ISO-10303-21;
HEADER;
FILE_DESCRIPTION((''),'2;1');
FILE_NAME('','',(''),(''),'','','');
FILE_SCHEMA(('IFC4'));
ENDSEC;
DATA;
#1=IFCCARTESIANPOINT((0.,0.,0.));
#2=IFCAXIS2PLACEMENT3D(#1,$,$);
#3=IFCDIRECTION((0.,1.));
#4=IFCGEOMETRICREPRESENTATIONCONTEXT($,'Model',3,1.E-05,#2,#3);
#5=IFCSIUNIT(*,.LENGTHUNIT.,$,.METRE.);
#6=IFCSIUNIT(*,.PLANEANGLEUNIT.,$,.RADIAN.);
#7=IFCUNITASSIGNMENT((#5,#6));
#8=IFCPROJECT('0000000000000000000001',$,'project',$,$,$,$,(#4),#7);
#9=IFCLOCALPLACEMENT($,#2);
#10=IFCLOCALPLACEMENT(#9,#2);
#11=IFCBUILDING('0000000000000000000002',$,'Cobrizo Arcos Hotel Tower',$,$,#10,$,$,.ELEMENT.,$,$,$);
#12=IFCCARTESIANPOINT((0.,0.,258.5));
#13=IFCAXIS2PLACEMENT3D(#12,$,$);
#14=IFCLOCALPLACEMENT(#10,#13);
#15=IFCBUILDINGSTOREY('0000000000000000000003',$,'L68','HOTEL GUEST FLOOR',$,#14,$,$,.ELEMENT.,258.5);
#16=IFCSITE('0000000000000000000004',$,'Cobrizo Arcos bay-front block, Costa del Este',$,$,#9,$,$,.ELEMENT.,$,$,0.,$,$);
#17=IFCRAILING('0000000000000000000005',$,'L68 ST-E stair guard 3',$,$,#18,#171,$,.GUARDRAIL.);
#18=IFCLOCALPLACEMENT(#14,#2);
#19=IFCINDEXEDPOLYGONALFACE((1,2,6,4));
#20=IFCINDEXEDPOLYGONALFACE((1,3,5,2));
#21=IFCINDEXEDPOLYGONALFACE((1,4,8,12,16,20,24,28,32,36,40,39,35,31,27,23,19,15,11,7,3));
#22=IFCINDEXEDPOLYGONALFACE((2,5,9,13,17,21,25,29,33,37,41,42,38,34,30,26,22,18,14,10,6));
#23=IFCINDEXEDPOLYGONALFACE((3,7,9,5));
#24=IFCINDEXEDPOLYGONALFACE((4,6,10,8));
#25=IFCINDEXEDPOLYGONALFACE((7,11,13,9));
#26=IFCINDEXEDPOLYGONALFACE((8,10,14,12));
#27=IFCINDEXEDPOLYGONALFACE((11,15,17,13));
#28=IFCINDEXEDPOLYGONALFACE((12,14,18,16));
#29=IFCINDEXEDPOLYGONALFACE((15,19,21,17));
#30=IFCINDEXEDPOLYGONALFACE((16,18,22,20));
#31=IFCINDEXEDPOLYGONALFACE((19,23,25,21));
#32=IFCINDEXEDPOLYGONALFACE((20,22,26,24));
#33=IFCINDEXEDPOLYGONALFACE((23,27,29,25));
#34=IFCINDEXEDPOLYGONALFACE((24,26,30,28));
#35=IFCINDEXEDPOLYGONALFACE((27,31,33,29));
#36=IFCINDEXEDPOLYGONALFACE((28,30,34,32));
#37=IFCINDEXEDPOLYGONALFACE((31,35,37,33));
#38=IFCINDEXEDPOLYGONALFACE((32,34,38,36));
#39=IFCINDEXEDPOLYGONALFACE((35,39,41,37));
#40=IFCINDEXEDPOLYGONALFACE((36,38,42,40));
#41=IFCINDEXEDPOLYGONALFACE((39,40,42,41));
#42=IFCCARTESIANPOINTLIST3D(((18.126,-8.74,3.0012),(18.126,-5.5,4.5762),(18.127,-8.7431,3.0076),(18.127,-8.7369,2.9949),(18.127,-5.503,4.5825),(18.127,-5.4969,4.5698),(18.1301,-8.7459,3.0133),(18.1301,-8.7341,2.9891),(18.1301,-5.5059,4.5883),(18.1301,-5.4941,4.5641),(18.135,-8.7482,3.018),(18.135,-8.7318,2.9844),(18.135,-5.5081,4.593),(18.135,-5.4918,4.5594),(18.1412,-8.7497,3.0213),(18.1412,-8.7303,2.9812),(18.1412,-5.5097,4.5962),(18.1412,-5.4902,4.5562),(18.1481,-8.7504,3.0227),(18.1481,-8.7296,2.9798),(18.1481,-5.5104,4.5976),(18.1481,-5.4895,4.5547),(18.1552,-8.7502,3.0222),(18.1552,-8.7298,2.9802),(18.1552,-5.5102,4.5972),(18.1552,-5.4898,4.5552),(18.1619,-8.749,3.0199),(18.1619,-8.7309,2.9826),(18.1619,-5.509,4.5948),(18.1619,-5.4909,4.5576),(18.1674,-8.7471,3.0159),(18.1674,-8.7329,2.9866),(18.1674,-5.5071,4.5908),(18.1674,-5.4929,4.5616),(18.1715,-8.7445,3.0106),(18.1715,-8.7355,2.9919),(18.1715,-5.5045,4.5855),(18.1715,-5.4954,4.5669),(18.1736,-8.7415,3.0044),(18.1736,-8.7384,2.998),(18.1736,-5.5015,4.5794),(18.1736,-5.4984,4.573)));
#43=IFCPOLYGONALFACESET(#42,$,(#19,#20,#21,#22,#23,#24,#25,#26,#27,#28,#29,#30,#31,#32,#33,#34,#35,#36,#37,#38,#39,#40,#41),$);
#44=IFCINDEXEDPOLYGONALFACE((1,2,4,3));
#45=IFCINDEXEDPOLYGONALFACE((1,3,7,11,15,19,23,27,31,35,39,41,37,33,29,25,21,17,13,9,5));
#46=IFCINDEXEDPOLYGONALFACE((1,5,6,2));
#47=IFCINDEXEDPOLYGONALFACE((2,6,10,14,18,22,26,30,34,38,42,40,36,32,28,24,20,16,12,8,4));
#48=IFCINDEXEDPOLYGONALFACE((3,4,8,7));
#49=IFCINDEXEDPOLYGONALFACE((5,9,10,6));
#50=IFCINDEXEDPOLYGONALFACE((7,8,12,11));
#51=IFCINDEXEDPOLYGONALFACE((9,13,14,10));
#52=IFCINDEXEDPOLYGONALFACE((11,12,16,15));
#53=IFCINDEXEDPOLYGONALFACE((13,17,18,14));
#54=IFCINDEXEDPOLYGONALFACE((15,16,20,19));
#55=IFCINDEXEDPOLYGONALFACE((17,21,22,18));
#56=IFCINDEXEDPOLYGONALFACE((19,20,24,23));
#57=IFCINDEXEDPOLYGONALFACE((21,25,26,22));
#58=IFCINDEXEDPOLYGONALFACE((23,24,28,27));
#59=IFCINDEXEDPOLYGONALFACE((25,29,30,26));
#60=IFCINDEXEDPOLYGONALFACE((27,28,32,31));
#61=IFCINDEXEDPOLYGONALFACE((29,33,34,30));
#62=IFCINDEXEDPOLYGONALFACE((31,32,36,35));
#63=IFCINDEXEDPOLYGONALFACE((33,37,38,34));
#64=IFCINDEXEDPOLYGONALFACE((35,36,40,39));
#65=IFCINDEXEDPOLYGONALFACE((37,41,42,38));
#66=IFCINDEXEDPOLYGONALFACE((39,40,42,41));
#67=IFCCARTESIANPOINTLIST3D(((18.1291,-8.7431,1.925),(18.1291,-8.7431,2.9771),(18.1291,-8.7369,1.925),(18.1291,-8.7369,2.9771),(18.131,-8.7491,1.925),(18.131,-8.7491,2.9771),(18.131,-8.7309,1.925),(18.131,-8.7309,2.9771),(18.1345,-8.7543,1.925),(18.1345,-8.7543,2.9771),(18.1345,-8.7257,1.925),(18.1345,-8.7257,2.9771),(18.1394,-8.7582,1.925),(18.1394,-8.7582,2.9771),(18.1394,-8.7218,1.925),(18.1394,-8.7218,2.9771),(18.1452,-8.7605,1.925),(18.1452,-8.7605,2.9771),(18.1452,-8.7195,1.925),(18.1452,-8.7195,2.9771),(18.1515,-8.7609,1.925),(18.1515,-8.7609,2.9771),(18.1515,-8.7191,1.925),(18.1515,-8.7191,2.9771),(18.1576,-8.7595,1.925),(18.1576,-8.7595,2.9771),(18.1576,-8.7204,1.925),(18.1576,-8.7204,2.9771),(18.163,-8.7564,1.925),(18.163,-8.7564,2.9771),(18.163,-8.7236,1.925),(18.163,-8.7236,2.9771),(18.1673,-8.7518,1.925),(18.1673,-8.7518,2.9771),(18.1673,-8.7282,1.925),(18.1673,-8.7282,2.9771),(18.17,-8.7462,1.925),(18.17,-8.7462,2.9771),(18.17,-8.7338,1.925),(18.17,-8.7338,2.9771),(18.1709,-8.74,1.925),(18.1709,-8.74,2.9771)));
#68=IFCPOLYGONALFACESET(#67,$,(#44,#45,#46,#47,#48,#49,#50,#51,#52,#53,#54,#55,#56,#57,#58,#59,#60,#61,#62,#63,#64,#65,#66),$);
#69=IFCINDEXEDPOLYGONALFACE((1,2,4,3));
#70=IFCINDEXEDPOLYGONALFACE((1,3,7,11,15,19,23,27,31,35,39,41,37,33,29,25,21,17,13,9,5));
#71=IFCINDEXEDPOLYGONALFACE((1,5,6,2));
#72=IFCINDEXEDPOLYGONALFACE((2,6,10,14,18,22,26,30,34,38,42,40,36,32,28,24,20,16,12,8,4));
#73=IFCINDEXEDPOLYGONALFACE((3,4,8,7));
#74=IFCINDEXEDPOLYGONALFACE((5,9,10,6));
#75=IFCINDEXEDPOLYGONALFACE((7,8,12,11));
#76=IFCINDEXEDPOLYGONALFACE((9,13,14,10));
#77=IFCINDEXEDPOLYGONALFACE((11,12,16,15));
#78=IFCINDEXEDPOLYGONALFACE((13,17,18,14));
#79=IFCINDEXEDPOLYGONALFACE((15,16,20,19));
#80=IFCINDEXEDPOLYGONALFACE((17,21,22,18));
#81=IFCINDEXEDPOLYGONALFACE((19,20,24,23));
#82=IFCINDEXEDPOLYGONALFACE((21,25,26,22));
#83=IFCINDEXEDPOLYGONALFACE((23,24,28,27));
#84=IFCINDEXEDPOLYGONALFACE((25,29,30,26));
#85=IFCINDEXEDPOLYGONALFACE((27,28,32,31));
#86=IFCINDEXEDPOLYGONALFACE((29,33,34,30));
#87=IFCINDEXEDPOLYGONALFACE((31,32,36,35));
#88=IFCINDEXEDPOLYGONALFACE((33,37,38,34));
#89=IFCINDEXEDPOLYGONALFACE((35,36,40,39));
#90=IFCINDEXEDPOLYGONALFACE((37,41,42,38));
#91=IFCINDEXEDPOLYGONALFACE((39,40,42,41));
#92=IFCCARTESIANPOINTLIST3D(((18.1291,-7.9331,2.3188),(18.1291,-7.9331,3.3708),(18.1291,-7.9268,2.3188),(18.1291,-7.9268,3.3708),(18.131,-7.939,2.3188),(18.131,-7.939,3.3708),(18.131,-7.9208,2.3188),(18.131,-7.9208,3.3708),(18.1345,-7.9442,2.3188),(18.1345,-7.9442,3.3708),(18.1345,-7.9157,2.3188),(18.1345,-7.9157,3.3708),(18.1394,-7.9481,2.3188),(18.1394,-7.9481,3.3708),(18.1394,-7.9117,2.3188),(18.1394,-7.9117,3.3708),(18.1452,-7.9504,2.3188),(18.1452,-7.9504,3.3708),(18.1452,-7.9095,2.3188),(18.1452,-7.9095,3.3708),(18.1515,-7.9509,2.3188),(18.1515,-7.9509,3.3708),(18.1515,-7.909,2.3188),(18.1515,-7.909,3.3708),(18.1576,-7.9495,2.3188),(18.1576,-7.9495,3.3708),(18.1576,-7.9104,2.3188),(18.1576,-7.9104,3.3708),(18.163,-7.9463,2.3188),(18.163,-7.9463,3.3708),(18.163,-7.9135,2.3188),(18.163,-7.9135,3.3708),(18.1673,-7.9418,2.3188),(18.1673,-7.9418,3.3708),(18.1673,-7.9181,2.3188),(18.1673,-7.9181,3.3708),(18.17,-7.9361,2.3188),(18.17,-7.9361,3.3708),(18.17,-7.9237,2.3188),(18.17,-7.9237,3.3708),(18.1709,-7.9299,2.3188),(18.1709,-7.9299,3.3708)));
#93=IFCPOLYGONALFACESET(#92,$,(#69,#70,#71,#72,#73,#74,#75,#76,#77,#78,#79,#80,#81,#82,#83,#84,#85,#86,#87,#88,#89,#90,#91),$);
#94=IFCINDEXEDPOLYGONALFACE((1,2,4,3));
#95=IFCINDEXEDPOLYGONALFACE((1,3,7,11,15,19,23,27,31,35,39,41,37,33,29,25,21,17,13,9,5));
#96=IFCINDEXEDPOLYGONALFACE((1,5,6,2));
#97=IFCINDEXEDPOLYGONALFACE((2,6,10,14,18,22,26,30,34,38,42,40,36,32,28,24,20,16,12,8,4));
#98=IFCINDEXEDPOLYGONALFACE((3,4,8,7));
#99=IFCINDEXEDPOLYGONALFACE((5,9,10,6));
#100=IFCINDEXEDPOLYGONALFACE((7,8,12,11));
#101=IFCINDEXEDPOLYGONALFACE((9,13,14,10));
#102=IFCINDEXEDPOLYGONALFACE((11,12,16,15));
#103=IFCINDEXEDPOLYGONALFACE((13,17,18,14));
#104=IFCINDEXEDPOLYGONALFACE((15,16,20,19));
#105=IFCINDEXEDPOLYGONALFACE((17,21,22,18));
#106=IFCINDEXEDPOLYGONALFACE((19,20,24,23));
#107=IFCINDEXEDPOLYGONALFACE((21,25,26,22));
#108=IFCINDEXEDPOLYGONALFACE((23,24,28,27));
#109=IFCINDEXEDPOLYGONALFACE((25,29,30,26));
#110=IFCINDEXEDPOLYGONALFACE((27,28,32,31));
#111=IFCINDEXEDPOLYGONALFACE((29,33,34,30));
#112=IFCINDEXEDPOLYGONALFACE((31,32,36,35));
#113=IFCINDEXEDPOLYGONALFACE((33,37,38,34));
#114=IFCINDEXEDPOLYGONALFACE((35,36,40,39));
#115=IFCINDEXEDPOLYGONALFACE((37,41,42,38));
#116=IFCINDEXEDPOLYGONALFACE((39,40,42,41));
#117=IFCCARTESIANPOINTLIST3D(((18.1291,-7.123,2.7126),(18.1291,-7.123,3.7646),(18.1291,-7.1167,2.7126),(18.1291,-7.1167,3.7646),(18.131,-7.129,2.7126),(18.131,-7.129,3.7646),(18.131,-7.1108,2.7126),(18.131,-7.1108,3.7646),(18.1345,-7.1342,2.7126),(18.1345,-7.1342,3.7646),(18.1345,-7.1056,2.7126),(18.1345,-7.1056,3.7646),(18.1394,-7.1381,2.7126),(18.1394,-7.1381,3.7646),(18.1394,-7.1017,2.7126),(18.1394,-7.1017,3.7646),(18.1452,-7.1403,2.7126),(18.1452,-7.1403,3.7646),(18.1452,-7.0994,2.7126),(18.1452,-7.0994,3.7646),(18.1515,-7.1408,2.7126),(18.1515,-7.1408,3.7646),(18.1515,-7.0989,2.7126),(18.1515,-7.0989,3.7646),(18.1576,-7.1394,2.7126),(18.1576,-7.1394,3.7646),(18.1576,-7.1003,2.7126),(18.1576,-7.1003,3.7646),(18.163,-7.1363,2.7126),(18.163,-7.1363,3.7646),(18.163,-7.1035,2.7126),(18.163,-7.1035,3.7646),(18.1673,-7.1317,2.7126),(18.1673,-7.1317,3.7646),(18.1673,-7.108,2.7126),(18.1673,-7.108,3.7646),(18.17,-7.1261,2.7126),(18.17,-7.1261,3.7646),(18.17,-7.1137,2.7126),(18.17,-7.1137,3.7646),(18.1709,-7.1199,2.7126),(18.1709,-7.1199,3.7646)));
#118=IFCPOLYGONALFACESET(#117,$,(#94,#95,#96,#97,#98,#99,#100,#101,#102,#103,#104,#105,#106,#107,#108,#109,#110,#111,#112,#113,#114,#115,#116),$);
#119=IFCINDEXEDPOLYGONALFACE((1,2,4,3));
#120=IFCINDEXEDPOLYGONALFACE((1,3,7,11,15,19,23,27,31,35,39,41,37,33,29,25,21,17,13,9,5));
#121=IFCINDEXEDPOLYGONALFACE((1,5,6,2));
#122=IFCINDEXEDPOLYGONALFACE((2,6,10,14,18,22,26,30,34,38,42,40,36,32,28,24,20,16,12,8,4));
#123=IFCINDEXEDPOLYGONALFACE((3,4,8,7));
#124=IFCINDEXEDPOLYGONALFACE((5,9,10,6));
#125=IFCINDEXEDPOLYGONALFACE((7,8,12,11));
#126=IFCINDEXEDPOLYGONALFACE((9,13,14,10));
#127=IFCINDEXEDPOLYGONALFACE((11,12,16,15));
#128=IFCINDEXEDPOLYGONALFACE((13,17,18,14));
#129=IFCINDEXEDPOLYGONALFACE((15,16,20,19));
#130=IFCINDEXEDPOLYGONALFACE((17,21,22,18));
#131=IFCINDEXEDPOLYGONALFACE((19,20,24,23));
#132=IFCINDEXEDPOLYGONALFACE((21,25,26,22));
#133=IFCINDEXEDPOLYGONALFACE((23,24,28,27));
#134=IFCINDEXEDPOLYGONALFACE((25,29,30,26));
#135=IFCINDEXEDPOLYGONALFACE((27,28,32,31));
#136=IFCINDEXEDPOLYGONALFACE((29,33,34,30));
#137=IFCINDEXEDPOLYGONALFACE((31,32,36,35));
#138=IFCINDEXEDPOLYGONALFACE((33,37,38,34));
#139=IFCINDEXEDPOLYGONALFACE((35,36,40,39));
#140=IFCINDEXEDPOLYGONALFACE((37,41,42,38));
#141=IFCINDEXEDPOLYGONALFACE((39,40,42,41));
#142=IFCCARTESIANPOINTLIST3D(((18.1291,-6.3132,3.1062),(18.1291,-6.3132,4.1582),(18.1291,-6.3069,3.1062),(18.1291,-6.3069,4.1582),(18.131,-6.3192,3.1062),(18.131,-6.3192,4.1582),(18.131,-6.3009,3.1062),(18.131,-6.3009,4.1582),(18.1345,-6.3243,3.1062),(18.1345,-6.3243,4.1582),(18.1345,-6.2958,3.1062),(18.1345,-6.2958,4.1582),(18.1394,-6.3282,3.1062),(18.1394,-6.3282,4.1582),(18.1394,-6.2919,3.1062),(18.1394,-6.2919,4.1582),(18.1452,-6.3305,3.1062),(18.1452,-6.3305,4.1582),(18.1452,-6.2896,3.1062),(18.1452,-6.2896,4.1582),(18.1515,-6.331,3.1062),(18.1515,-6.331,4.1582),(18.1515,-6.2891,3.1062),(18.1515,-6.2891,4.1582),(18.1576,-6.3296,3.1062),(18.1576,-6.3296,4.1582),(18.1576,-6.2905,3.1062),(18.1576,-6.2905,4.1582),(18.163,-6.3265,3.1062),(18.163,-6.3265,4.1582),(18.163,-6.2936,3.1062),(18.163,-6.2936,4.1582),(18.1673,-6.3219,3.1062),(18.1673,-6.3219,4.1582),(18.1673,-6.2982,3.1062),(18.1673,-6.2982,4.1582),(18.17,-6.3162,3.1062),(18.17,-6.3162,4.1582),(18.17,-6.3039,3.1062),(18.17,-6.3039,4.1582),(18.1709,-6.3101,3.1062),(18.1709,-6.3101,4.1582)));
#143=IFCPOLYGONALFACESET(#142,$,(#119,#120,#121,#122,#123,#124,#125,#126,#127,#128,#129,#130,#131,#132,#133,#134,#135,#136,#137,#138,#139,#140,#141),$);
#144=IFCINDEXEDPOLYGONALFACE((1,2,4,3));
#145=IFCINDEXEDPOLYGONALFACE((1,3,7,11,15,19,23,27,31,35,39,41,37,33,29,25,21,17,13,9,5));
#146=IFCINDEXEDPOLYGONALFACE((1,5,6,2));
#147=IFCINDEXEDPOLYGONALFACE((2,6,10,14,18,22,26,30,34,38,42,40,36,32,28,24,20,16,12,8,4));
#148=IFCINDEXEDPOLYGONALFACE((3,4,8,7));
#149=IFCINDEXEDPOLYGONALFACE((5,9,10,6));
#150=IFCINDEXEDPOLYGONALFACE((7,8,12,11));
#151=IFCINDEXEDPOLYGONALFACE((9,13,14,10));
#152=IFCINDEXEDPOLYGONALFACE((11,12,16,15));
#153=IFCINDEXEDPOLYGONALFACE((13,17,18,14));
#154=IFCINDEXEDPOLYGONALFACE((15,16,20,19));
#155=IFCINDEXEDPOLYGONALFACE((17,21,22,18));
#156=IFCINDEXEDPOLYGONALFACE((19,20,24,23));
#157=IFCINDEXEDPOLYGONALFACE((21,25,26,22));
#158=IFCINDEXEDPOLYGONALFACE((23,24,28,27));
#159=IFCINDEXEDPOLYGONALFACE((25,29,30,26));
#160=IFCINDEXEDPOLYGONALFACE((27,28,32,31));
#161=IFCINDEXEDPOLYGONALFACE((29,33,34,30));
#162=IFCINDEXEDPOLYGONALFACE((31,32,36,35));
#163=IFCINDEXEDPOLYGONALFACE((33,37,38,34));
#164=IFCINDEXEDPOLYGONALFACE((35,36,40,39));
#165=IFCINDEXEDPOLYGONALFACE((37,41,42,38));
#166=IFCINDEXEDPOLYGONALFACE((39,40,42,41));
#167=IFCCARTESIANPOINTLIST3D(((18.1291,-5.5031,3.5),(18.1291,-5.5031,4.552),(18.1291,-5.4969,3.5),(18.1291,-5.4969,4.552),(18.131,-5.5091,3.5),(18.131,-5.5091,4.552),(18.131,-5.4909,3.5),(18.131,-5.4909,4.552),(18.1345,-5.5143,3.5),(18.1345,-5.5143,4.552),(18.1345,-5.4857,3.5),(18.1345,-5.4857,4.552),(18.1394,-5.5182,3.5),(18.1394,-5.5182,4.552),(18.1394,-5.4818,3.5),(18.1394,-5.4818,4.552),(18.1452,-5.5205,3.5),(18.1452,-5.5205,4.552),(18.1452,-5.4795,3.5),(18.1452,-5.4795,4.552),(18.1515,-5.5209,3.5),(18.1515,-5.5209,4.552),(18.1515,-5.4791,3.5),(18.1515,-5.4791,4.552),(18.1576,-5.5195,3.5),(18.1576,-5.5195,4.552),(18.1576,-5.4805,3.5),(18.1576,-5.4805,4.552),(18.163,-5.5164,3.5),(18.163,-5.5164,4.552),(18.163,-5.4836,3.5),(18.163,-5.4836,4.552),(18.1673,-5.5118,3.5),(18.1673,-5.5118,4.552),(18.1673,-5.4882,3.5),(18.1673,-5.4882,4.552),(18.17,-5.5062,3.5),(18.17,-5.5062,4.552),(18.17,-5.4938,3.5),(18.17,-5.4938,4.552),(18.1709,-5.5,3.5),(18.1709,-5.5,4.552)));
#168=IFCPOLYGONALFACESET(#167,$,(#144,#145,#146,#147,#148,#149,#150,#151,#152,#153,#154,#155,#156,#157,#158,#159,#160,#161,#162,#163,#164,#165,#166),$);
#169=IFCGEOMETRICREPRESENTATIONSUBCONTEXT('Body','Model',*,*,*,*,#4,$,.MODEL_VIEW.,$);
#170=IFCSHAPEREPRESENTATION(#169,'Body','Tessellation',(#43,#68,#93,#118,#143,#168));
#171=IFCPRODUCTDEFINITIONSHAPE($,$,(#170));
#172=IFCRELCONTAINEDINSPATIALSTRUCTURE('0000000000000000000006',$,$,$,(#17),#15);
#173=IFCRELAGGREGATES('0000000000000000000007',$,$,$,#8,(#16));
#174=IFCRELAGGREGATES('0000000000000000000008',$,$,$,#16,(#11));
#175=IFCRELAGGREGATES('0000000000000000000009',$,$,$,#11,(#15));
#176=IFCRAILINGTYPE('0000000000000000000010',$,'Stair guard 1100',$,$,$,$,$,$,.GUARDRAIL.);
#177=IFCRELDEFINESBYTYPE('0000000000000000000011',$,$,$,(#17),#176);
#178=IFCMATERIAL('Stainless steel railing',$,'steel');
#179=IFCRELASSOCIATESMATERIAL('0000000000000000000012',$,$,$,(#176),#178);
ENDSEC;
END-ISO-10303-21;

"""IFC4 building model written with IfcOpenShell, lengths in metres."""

from ifc_helpers import new_model, si_unit, direction, frame, origin, origin_2d, place, context, subcontext, project, spatial, circle, extrude, material, type_object, element, save


model = new_model("IFC4")

# Units and contexts
model_context = context("Model", 3, precision=1e-05, world=origin(), true_north=direction((0.0, 1.0)))
body_context = subcontext(model_context, "Body", "Model", "MODEL_VIEW")
ifc_project = project(units=[si_unit("LENGTHUNIT", "METRE"), si_unit("PLANEANGLEUNIT", "RADIAN")], contexts=[model_context])

# Site, building, storey
site_placement = place(None, origin())
site = spatial("IfcSite", under=ifc_project, at=site_placement, Name="Cobrizo Arcos bay-front block, Costa del Este", CompositionType="ELEMENT", RefElevation=0.0)
building_placement = place(site_placement, origin())
building = spatial("IfcBuilding", under=site, at=building_placement, Name="Cobrizo Arcos Hotel Tower", CompositionType="ELEMENT")
storey_placement = place(building_placement, frame((0.0, 0.0, 258.5)))
storey = spatial("IfcBuildingStorey", under=building, at=storey_placement, Name="L68", Description="HOTEL GUEST FLOOR", CompositionType="ELEMENT", Elevation=258.5)

# Railing
ifc_material_1 = material(Name="Stainless steel railing", Category="steel")
railing_type_1 = type_object("IfcRailingType", Name="Stair guard 1100", PredefinedType="GUARDRAIL", material=ifc_material_1)
railing_1_placement = place(storey_placement, frame((18.1499, -8.74, 1.925)))
element("IfcRailing", 1, at=railing_1_placement, inside=storey, type_object=railing_type_1, Name="L68 ST-E stair guard 3", PredefinedType="GUARDRAIL", context=body_context, shape_type="SweptSolid", body=[
    extrude(circle(Radius=0.0239, at=origin_2d()), frame((0.0, 0.0, 1.0762), z_axis=(0.0, 0.899373, 0.437183), x_axis=(-1.0, 0.0, 0.0)), (0.0, 0.0, 1.0), 3.6025),
    extrude(circle(Radius=0.021, at=origin_2d()), origin(), (0.0, 0.0, 1.0), 1.052),
    extrude(circle(Radius=0.021, at=origin_2d()), frame((0.0, 0.8101, 0.3938)), (0.0, 0.0, 1.0), 1.052),
    extrude(circle(Radius=0.021, at=origin_2d()), frame((0.0, 1.6201, 0.7876)), (0.0, 0.0, 1.0), 1.052),
    extrude(circle(Radius=0.021, at=origin_2d()), frame((0.0, 2.4299, 1.1812)), (0.0, 0.0, 1.0), 1.052),
    extrude(circle(Radius=0.021, at=origin_2d()), frame((0.0, 3.24, 1.575)), (0.0, 0.0, 1.0), 1.052),
])

save(model, "model.ifc")
